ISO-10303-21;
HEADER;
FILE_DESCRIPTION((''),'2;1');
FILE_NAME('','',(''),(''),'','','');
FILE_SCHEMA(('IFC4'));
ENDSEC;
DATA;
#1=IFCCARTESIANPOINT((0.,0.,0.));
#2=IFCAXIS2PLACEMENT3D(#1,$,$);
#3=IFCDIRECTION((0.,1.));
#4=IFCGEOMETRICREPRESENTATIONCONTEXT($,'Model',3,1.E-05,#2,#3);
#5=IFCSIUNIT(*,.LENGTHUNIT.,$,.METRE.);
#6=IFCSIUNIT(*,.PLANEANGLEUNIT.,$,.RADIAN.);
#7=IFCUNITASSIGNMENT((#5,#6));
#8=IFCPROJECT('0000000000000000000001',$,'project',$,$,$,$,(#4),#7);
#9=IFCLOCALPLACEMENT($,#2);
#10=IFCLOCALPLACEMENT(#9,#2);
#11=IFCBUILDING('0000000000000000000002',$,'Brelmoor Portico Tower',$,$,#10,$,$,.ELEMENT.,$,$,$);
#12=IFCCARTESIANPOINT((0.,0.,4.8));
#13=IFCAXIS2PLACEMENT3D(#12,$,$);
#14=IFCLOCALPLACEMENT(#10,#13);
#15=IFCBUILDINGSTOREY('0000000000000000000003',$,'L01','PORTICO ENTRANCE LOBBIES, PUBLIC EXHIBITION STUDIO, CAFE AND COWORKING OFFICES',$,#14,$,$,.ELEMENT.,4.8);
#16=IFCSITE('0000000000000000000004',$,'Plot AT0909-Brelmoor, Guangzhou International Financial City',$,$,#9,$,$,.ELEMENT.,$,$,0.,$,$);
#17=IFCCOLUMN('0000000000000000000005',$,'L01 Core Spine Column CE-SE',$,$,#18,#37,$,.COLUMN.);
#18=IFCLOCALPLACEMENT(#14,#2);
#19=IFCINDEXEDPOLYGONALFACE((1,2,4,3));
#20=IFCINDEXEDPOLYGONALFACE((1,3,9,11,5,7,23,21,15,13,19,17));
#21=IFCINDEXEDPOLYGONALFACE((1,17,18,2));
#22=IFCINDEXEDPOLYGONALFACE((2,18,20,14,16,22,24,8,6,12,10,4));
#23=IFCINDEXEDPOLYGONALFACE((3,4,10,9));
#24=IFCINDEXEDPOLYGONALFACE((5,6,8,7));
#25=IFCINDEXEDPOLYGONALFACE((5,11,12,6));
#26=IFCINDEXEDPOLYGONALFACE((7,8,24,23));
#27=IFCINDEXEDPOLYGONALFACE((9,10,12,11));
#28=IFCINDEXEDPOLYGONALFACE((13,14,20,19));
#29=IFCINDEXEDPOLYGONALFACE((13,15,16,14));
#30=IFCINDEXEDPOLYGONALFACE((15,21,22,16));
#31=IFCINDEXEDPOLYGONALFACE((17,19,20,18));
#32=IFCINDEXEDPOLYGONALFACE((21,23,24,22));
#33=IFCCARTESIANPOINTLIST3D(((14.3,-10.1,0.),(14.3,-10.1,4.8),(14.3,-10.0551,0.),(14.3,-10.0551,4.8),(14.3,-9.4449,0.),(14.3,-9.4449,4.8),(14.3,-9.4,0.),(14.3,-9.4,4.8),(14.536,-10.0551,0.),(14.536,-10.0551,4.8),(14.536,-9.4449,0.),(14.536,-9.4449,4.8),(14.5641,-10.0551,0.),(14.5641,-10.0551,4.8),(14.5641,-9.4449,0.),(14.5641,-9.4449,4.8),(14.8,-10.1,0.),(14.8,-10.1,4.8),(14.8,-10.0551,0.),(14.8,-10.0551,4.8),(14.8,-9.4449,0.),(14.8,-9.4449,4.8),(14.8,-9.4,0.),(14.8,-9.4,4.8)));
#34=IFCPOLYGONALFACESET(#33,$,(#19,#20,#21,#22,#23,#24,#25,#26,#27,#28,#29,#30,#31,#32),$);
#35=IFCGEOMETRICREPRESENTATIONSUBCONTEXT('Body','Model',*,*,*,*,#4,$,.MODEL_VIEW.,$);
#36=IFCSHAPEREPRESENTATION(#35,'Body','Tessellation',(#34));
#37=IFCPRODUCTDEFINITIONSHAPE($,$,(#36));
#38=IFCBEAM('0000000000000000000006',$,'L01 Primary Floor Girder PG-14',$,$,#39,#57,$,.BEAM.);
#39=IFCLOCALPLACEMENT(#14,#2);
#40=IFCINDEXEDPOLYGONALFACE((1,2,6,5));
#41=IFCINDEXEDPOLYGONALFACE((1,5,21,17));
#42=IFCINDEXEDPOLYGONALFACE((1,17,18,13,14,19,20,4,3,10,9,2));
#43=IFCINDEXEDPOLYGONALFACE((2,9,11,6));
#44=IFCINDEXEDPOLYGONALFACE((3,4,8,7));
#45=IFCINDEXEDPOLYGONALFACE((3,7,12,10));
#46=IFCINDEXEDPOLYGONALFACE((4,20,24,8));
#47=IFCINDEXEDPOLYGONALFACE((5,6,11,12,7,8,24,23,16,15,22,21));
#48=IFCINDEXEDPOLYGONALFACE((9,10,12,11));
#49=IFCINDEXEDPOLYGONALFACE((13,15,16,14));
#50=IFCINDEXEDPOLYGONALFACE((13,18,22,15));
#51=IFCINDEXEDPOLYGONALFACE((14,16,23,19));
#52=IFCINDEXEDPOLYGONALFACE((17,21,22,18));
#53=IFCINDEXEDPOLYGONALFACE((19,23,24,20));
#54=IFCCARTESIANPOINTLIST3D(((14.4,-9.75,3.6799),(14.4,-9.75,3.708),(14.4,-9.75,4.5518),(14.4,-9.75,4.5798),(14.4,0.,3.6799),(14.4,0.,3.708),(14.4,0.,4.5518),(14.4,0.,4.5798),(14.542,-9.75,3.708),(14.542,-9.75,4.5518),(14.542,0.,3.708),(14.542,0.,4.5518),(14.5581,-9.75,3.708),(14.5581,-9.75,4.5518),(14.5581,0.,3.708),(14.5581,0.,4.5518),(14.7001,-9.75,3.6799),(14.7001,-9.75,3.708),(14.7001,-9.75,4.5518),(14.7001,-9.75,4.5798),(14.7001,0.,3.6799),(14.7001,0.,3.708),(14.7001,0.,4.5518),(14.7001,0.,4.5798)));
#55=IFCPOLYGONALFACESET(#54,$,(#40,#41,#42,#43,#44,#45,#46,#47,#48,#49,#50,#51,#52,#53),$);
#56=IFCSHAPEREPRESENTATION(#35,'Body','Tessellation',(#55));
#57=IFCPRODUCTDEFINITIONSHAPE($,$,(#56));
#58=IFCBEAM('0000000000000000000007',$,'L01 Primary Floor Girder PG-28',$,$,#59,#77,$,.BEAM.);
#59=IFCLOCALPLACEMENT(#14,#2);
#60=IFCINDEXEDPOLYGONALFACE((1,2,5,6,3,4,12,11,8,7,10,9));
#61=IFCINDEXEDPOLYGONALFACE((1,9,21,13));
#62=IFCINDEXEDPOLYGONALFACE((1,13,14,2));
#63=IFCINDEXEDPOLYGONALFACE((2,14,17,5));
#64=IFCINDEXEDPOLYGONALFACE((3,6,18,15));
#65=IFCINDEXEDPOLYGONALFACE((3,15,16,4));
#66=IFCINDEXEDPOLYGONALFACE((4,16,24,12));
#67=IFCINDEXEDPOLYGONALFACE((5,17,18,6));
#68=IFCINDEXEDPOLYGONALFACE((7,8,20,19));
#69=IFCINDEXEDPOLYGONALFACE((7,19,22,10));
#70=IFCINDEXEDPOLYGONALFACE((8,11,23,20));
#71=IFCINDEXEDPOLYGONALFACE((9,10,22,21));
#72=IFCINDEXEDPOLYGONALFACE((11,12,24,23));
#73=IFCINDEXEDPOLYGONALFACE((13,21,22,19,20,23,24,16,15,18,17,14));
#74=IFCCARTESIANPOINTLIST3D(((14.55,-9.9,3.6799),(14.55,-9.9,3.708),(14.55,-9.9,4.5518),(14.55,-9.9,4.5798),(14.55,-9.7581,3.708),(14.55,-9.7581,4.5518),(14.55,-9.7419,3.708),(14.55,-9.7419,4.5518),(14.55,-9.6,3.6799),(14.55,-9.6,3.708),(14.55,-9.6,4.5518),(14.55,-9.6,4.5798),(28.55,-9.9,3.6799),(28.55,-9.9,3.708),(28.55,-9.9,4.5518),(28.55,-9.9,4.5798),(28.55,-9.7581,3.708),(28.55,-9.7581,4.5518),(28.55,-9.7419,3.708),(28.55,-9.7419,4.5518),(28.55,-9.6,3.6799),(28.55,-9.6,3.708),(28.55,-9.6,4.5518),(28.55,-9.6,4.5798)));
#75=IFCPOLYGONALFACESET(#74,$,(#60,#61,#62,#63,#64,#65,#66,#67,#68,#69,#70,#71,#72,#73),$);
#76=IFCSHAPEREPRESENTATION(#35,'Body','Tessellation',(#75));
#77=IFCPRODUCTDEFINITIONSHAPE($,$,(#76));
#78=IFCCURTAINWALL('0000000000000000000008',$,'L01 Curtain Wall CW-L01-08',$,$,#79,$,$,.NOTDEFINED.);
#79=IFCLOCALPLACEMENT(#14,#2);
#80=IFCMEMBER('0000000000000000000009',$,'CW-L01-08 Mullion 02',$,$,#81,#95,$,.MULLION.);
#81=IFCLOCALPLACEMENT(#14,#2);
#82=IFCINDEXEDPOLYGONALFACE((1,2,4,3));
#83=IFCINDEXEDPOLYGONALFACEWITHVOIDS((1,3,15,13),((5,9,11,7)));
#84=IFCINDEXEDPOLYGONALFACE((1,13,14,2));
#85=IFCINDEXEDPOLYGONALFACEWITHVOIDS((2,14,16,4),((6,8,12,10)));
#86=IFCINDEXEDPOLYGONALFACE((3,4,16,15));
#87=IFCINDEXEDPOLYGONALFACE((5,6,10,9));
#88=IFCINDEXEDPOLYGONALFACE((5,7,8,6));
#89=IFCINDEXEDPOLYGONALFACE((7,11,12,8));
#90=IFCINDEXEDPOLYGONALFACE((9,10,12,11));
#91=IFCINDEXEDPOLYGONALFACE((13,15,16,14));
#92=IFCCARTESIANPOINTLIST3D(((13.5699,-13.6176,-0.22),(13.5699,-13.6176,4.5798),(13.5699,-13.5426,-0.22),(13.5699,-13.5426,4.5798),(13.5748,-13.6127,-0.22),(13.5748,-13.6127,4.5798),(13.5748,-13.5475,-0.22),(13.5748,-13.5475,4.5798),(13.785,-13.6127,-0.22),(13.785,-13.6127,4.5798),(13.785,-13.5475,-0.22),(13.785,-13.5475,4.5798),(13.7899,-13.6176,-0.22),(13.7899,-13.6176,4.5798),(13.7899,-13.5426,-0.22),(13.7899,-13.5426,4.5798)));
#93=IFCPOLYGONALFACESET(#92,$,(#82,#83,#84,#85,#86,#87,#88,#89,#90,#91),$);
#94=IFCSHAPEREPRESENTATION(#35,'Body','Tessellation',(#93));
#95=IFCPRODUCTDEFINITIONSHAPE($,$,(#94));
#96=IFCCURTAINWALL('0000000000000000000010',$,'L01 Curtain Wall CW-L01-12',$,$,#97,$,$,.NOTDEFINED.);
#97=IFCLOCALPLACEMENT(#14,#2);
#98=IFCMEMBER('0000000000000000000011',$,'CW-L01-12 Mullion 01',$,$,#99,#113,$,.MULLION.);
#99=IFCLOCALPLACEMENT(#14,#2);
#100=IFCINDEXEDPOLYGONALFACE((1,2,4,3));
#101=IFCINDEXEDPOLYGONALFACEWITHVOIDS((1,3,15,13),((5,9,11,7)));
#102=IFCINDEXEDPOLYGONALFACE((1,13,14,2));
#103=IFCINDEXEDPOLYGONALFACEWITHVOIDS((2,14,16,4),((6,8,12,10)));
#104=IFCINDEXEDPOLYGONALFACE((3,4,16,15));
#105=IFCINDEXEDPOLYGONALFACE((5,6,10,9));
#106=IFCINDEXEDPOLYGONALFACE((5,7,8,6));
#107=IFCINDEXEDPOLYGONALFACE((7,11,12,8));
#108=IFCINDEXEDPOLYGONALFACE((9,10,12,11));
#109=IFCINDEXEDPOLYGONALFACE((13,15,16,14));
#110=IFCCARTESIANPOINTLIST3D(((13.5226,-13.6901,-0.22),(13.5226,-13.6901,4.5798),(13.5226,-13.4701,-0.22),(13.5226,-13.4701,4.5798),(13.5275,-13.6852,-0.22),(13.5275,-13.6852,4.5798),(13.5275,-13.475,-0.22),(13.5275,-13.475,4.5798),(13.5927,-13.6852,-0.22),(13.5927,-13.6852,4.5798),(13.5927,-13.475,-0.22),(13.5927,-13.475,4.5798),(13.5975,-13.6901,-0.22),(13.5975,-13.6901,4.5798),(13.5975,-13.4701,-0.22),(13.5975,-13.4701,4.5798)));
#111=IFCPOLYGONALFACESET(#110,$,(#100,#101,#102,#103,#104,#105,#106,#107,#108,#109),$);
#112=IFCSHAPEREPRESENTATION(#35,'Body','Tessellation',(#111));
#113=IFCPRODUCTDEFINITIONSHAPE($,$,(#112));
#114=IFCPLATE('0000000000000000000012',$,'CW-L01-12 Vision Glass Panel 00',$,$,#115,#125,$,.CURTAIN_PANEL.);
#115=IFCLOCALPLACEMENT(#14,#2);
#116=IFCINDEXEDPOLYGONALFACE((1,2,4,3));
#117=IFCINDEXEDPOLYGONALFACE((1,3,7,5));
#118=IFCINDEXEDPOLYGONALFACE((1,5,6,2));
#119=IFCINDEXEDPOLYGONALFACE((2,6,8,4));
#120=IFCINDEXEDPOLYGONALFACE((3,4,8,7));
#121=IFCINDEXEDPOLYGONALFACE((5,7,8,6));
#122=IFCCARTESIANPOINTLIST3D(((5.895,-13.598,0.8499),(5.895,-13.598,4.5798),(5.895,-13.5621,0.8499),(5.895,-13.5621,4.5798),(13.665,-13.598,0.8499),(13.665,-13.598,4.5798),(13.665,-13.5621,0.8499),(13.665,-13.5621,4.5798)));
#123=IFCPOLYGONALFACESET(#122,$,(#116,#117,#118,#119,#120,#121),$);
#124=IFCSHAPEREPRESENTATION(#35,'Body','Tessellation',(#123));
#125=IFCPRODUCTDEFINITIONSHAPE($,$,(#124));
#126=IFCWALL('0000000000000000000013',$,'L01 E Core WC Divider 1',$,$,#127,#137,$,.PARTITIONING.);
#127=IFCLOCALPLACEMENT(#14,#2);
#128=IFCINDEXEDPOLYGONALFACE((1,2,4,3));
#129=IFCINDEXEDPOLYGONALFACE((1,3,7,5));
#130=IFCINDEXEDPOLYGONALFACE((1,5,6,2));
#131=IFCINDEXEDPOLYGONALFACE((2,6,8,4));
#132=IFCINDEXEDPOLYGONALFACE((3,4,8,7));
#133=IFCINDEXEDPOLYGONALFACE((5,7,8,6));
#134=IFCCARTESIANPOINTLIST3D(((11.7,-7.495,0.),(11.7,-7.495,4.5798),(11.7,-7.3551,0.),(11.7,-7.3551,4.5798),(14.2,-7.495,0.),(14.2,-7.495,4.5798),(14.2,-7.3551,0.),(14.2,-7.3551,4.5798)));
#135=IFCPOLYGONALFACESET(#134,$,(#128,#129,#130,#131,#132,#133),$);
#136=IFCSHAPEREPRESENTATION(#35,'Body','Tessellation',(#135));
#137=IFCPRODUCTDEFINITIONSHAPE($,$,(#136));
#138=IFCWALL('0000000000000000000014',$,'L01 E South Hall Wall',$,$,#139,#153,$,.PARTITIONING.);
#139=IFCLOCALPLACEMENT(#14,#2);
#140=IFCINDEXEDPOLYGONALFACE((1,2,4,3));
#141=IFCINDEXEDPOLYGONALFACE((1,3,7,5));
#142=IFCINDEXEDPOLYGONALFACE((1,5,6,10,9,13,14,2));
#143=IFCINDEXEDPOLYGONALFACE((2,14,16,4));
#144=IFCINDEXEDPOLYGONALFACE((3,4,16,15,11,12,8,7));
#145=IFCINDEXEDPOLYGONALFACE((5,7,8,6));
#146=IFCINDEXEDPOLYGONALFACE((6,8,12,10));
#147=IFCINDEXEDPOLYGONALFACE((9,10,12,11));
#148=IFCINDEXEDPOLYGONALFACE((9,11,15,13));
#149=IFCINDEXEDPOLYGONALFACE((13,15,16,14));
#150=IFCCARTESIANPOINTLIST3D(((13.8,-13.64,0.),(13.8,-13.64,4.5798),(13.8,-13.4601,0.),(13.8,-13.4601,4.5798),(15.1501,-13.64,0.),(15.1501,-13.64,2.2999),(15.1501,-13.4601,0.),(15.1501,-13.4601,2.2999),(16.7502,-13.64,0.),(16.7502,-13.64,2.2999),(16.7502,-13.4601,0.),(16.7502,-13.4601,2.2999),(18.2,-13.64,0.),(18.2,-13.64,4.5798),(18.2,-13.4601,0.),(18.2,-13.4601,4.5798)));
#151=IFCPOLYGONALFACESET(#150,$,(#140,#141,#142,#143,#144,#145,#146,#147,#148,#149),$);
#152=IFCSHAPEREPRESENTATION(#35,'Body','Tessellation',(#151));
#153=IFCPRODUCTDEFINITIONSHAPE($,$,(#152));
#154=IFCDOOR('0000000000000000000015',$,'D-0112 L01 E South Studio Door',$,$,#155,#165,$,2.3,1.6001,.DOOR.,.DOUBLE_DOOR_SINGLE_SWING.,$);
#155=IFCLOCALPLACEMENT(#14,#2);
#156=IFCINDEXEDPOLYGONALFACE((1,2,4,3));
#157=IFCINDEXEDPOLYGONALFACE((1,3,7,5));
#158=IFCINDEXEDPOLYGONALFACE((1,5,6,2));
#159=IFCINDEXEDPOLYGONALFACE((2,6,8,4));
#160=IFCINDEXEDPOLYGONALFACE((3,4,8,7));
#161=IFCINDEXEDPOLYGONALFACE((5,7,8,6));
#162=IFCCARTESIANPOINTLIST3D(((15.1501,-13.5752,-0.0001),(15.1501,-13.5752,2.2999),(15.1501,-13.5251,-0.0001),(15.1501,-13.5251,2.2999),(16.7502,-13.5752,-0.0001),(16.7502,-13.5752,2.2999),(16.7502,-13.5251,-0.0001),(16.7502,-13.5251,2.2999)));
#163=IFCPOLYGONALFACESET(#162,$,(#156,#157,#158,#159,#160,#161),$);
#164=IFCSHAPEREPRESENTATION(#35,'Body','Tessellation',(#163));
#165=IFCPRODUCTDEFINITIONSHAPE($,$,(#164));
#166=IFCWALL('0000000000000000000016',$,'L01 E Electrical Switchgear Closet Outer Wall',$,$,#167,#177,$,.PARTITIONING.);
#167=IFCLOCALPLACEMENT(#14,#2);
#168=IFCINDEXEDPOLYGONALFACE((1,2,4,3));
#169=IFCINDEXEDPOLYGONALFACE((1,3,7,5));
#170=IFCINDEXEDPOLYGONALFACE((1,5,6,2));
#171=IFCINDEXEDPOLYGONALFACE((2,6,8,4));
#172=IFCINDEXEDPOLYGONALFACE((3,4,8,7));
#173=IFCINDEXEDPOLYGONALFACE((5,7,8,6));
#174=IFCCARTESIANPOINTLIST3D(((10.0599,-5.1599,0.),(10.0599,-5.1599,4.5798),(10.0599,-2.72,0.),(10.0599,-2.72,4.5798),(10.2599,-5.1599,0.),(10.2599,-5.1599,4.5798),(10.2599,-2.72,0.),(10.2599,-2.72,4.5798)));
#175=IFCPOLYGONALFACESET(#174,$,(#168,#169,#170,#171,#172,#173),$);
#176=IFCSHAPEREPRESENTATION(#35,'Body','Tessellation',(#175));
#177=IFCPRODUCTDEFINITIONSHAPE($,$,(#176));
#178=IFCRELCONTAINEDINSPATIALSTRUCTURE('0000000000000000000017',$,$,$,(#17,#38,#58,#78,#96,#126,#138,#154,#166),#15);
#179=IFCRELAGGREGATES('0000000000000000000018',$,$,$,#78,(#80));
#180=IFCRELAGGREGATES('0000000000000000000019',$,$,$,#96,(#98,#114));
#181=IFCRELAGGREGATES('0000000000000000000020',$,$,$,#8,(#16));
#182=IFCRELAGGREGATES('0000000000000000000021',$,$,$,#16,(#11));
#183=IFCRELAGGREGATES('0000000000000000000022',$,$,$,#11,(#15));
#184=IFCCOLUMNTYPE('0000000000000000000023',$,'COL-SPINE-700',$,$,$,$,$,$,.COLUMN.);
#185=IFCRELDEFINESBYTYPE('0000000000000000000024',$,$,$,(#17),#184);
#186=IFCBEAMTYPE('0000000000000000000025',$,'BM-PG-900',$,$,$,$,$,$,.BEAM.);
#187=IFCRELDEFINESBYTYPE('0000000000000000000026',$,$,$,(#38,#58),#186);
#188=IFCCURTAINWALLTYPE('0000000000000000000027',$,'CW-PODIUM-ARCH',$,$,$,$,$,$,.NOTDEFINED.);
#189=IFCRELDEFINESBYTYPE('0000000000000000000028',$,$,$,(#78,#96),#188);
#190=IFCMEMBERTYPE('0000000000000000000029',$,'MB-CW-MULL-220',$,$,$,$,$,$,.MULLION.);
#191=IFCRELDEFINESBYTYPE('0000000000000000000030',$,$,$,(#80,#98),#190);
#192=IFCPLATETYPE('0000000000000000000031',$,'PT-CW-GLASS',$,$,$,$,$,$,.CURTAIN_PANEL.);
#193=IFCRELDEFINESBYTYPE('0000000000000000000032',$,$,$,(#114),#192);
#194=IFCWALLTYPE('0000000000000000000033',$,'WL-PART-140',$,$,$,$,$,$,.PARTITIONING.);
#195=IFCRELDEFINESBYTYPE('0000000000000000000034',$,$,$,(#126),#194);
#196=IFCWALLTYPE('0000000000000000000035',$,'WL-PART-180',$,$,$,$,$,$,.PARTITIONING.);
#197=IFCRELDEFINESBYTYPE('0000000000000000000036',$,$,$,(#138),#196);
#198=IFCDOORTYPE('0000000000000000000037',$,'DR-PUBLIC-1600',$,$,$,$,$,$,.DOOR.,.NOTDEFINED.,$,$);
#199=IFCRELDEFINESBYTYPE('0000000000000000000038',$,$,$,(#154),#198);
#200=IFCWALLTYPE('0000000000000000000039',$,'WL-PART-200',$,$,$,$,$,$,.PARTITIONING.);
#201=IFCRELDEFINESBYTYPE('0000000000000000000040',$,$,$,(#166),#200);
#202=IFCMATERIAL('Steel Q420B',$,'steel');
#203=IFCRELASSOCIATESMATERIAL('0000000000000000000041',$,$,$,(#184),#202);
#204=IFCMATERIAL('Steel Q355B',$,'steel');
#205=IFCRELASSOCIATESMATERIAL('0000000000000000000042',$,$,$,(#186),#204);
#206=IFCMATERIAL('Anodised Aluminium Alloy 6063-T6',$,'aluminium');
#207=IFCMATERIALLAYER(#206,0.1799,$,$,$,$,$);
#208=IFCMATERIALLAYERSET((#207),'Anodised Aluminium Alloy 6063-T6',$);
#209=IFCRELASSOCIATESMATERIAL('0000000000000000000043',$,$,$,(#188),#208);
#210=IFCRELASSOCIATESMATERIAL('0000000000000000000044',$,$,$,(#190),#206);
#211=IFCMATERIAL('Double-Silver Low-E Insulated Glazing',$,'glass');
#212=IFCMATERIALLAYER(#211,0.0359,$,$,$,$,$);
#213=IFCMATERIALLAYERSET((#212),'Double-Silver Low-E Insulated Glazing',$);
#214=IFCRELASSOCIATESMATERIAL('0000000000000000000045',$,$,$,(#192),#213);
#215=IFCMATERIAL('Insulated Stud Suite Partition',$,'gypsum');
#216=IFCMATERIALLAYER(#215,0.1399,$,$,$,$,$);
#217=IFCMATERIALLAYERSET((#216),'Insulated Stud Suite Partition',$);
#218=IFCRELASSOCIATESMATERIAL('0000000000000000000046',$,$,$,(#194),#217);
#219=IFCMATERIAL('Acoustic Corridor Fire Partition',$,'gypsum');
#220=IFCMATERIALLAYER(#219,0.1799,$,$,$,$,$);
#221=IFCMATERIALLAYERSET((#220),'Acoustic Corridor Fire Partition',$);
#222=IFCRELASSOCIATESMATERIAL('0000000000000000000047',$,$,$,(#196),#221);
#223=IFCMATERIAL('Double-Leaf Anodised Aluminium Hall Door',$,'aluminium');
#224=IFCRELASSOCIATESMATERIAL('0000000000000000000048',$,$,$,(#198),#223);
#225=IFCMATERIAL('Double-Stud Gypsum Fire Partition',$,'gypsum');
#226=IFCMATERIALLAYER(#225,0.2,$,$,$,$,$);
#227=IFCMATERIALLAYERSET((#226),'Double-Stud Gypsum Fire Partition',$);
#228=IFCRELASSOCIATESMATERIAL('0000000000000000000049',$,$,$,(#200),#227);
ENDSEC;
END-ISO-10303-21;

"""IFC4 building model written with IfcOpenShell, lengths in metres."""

from ifc_helpers import new_model, si_unit, direction, frame, frame_2d, origin, origin_2d, place, context, subcontext, project, spatial, rectangle, hollow_rectangle, i_section, extrude, material, layer, layer_set, material_profile, profile_set, type_object, element, fill, aggregate, save


model = new_model("IFC4")

# Units and contexts
model_context = context("Model", 3, precision=1e-05, world=origin(), true_north=direction((0.0, 1.0)))
body_context = subcontext(model_context, "Body", "Model", "MODEL_VIEW")
ifc_project = project(units=[si_unit("LENGTHUNIT", "METRE"), si_unit("PLANEANGLEUNIT", "RADIAN")], contexts=[model_context])

# Site, building, storey
site_placement = place(None, origin())
site = spatial("IfcSite", under=ifc_project, at=site_placement, Name="Plot AT0909-Brelmoor, Guangzhou International Financial City", CompositionType="ELEMENT", RefElevation=0.0)
building_placement = place(site_placement, origin())
building = spatial("IfcBuilding", under=site, at=building_placement, Name="Brelmoor Portico Tower", CompositionType="ELEMENT")
storey_placement = place(building_placement, frame((0.0, 0.0, 4.8)))
storey = spatial("IfcBuildingStorey", under=building, at=storey_placement, Name="L01", Description="PORTICO ENTRANCE LOBBIES, PUBLIC EXHIBITION STUDIO, CAFE AND COWORKING OFFICES", CompositionType="ELEMENT", Elevation=4.8)

# Column
ifc_material_1 = material(Name="Steel Q420B", Category="steel")
ifc_material_profile_1 = material_profile(ifc_material_1, i_section(OverallWidth=0.5, OverallDepth=0.7, WebThickness=0.0281, FlangeThickness=0.0449, at=origin_2d()), Name="HW 700x500x28x45")
ifc_profile_set_1 = profile_set([ifc_material_profile_1], Name="Steel Q420B")
column_type = type_object("IfcColumnType", Name="COL-SPINE-700", PredefinedType="COLUMN", material=ifc_profile_set_1)
column_placement = place(storey_placement, frame((14.55, -9.75, 0.0), z_axis=(0.0, 0.0, 1.0), x_axis=(1.0, 0.0, 0.0)))
element("IfcColumn", 1, at=column_placement, inside=storey, type_object=column_type, Name="L01 Core Spine Column CE-SE", PredefinedType="COLUMN", context=body_context, shape_type="SweptSolid", body=[
    extrude(i_section(OverallWidth=0.5, OverallDepth=0.7, WebThickness=0.0281, FlangeThickness=0.0449, at=origin_2d()), origin(), (0.0, 0.0, 1.0), 4.8),
])

# Beams
ifc_material_2 = material(Name="Steel Q355B", Category="steel")
ifc_material_profile_2 = material_profile(ifc_material_2, i_section(OverallWidth=0.3, OverallDepth=0.8999, WebThickness=0.0161, FlangeThickness=0.0281, at=origin_2d()), Name="HN 900x300x16x28")
ifc_profile_set_2 = profile_set([ifc_material_profile_2], Name="Steel Q355B")
beam_type = type_object("IfcBeamType", Name="BM-PG-900", PredefinedType="BEAM", material=ifc_profile_set_2)
beam_1_placement = place(storey_placement, frame((14.55, -9.75, 4.1299), z_axis=(0.0, 1.0, 0.0), x_axis=(-1.0, 0.0, 0.0)))
element("IfcBeam", 2, at=beam_1_placement, inside=storey, type_object=beam_type, Name="L01 Primary Floor Girder PG-14", PredefinedType="BEAM", context=body_context, shape_type="SweptSolid", body=[
    extrude(i_section(OverallWidth=0.3, OverallDepth=0.8999, WebThickness=0.0161, FlangeThickness=0.0281, at=origin_2d()), origin(), (0.0, 0.0, 1.0), 9.75),
])
beam_2_placement = place(storey_placement, frame((14.55, -9.75, 4.1299), z_axis=(1.0, 0.0, 0.0), x_axis=(0.0, 1.0, 0.0)))
element("IfcBeam", 3, at=beam_2_placement, inside=storey, type_object=beam_type, Name="L01 Primary Floor Girder PG-28", PredefinedType="BEAM", context=body_context, shape_type="SweptSolid", body=[
    extrude(i_section(OverallWidth=0.3, OverallDepth=0.8999, WebThickness=0.0161, FlangeThickness=0.0281, at=origin_2d()), origin(), (0.0, 0.0, 1.0), 14.0),
])

# Curtain wall, member
ifc_material_3 = material(Name="Anodised Aluminium Alloy 6063-T6", Category="aluminium")
ifc_layer_1 = layer(ifc_material_3, 0.1799)
ifc_layer_set_1 = layer_set([ifc_layer_1], Name="Anodised Aluminium Alloy 6063-T6")
curtain_wall_type = type_object("IfcCurtainWallType", Name="CW-PODIUM-ARCH", PredefinedType="NOTDEFINED", material=ifc_layer_set_1)
curtain_wall_1_placement = place(storey_placement, origin())
curtain_wall_1 = element("IfcCurtainWall", 4, at=curtain_wall_1_placement, inside=storey, type_object=curtain_wall_type, Name="L01 Curtain Wall CW-L01-08", PredefinedType="NOTDEFINED")
ifc_material_profile_3 = material_profile(ifc_material_3, hollow_rectangle(XDim=0.075, YDim=0.22, WallThickness=0.0049, at=origin_2d()), Name="ALU MULLION 75x220")
ifc_profile_set_3 = profile_set([ifc_material_profile_3], Name="Anodised Aluminium Alloy 6063-T6")
member_type = type_object("IfcMemberType", Name="MB-CW-MULL-220", PredefinedType="MULLION", material=ifc_profile_set_3)
member_1_placement = place(storey_placement, frame((13.6799, -13.5801, -0.22), z_axis=(0.0, 0.0, 1.0), x_axis=(0.0, 1.0, 0.0)))
member_1 = element("IfcMember", 5, at=member_1_placement, type_object=member_type, Name="CW-L01-08 Mullion 02", PredefinedType="MULLION", context=body_context, shape_type="SweptSolid", body=[
    extrude(hollow_rectangle(XDim=0.075, YDim=0.22, WallThickness=0.0049, at=origin_2d()), origin(), (0.0, 0.0, 1.0), 4.7998),
])
aggregate(curtain_wall_1, [member_1])

# Curtain wall, member, plate
curtain_wall_2_placement = place(storey_placement, origin())
curtain_wall_2 = element("IfcCurtainWall", 6, at=curtain_wall_2_placement, inside=storey, type_object=curtain_wall_type, Name="L01 Curtain Wall CW-L01-12", PredefinedType="NOTDEFINED")
member_2_placement = place(storey_placement, frame((13.5601, -13.5801, -0.22), z_axis=(0.0, 0.0, 1.0), x_axis=(1.0, 0.0, 0.0)))
member_2 = element("IfcMember", 7, at=member_2_placement, type_object=member_type, Name="CW-L01-12 Mullion 01", PredefinedType="MULLION", context=body_context, shape_type="SweptSolid", body=[
    extrude(hollow_rectangle(XDim=0.075, YDim=0.22, WallThickness=0.0049, at=origin_2d()), origin(), (0.0, 0.0, 1.0), 4.7998),
])
ifc_material_4 = material(Name="Double-Silver Low-E Insulated Glazing", Category="glass")
ifc_layer_2 = layer(ifc_material_4, 0.0359)
ifc_layer_set_2 = layer_set([ifc_layer_2], Name="Double-Silver Low-E Insulated Glazing")
plate_type = type_object("IfcPlateType", Name="PT-CW-GLASS", PredefinedType="CURTAIN_PANEL", material=ifc_layer_set_2)
plate_placement = place(storey_placement, frame((9.78, -13.5801, 0.8499), z_axis=(0.0, 0.0, 1.0), x_axis=(1.0, 0.0, 0.0)))
plate = element("IfcPlate", 8, at=plate_placement, type_object=plate_type, Name="CW-L01-12 Vision Glass Panel 00", PredefinedType="CURTAIN_PANEL", context=body_context, shape_type="SweptSolid", body=[
    extrude(rectangle(XDim=7.77, YDim=0.0359, at=origin_2d()), origin(), (0.0, 0.0, 1.0), 3.73),
])
aggregate(curtain_wall_2, [member_2, plate])

# Wall
ifc_material_5 = material(Name="Insulated Stud Suite Partition", Category="gypsum")
ifc_layer_3 = layer(ifc_material_5, 0.1399)
ifc_layer_set_3 = layer_set([ifc_layer_3], Name="Insulated Stud Suite Partition")
wall_type_1 = type_object("IfcWallType", Name="WL-PART-140", PredefinedType="PARTITIONING", material=ifc_layer_set_3)
wall_1_placement = place(storey_placement, frame((11.7, -7.425, 0.0), z_axis=(0.0, 0.0, 1.0), x_axis=(1.0, 0.0, 0.0)))
element("IfcWall", 9, at=wall_1_placement, inside=storey, type_object=wall_type_1, Name="L01 E Core WC Divider 1", PredefinedType="PARTITIONING", context=body_context, shape_type="SweptSolid", body=[
    extrude(rectangle(XDim=2.5, YDim=0.1399, at=frame_2d((1.25, 0.0))), origin(), (0.0, 0.0, 1.0), 4.5798),
])

# Wall, opening, door
ifc_material_6 = material(Name="Acoustic Corridor Fire Partition", Category="gypsum")
ifc_layer_4 = layer(ifc_material_6, 0.1799)
ifc_layer_set_4 = layer_set([ifc_layer_4], Name="Acoustic Corridor Fire Partition")
wall_type_2 = type_object("IfcWallType", Name="WL-PART-180", PredefinedType="PARTITIONING", material=ifc_layer_set_4)
wall_2_placement = place(storey_placement, frame((13.8, -13.55, 0.0), z_axis=(0.0, 0.0, 1.0), x_axis=(1.0, 0.0, 0.0)))
wall_2 = element("IfcWall", 10, at=wall_2_placement, inside=storey, type_object=wall_type_2, Name="L01 E South Hall Wall", PredefinedType="PARTITIONING", context=body_context, shape_type="SweptSolid", body=[
    extrude(rectangle(XDim=4.3999, YDim=0.1799, at=frame_2d((2.2, 0.0))), origin(), (0.0, 0.0, 1.0), 4.5798),
])
opening_1_placement = place(wall_2_placement, frame((1.3501, 0.0, 0.0)))
opening_1 = element("IfcOpeningElement", 11, at=opening_1_placement, cuts=wall_2, PredefinedType="OPENING", context=body_context, shape_type="SweptSolid", body=[
    extrude(rectangle(XDim=1.6001, YDim=2.3, at=frame_2d((0.8, 1.1499))), frame((0.0, 0.0999, 0.0), z_axis=(0.0, -1.0, 0.0), x_axis=(1.0, 0.0, 0.0)), (0.0, 0.0, 1.0), 0.2),
])
ifc_material_7 = material(Name="Double-Leaf Anodised Aluminium Hall Door", Category="aluminium")
door_type_1 = type_object("IfcDoorType", Name="DR-PUBLIC-1600", OperationType="NOTDEFINED", PredefinedType="DOOR", material=ifc_material_7)
door_1_placement = place(opening_1_placement, origin())
door_1 = element("IfcDoor", 12, at=door_1_placement, inside=storey, type_object=door_type_1, Name="D-0112 L01 E South Studio Door", OperationType="DOUBLE_DOOR_SINGLE_SWING", OverallHeight=2.3, OverallWidth=1.6001, PredefinedType="DOOR", context=body_context, shape_type="SweptSolid", body=[
    extrude(rectangle(XDim=1.6001, YDim=2.3, at=frame_2d((0.8, 1.1499))), frame((0.0, 0.0249, 0.0), z_axis=(0.0, -1.0, 0.0), x_axis=(1.0, 0.0, 0.0)), (0.0, 0.0, 1.0), 0.05),
])
fill(opening_1, door_1)
ifc_material_8 = material(Name="Double-Stud Gypsum Fire Partition", Category="gypsum")
ifc_layer_5 = layer(ifc_material_8, 0.2)
ifc_layer_set_5 = layer_set([ifc_layer_5], Name="Double-Stud Gypsum Fire Partition")
wall_type_3 = type_object("IfcWallType", Name="WL-PART-200", PredefinedType="PARTITIONING", material=ifc_layer_set_5)

# Wall
wall_3_placement = place(storey_placement, frame((10.1599, -5.1599, 0.0), z_axis=(0.0, 0.0, 1.0), x_axis=(0.0, 1.0, 0.0)))
element("IfcWall", 13, at=wall_3_placement, inside=storey, type_object=wall_type_3, Name="L01 E Electrical Switchgear Closet Outer Wall", PredefinedType="PARTITIONING", context=body_context, shape_type="SweptSolid", body=[
    extrude(rectangle(XDim=2.4399, YDim=0.2, at=frame_2d((1.22, 0.0))), origin(), (0.0, 0.0, 1.0), 4.5798),
])

save(model, "model.ifc")
